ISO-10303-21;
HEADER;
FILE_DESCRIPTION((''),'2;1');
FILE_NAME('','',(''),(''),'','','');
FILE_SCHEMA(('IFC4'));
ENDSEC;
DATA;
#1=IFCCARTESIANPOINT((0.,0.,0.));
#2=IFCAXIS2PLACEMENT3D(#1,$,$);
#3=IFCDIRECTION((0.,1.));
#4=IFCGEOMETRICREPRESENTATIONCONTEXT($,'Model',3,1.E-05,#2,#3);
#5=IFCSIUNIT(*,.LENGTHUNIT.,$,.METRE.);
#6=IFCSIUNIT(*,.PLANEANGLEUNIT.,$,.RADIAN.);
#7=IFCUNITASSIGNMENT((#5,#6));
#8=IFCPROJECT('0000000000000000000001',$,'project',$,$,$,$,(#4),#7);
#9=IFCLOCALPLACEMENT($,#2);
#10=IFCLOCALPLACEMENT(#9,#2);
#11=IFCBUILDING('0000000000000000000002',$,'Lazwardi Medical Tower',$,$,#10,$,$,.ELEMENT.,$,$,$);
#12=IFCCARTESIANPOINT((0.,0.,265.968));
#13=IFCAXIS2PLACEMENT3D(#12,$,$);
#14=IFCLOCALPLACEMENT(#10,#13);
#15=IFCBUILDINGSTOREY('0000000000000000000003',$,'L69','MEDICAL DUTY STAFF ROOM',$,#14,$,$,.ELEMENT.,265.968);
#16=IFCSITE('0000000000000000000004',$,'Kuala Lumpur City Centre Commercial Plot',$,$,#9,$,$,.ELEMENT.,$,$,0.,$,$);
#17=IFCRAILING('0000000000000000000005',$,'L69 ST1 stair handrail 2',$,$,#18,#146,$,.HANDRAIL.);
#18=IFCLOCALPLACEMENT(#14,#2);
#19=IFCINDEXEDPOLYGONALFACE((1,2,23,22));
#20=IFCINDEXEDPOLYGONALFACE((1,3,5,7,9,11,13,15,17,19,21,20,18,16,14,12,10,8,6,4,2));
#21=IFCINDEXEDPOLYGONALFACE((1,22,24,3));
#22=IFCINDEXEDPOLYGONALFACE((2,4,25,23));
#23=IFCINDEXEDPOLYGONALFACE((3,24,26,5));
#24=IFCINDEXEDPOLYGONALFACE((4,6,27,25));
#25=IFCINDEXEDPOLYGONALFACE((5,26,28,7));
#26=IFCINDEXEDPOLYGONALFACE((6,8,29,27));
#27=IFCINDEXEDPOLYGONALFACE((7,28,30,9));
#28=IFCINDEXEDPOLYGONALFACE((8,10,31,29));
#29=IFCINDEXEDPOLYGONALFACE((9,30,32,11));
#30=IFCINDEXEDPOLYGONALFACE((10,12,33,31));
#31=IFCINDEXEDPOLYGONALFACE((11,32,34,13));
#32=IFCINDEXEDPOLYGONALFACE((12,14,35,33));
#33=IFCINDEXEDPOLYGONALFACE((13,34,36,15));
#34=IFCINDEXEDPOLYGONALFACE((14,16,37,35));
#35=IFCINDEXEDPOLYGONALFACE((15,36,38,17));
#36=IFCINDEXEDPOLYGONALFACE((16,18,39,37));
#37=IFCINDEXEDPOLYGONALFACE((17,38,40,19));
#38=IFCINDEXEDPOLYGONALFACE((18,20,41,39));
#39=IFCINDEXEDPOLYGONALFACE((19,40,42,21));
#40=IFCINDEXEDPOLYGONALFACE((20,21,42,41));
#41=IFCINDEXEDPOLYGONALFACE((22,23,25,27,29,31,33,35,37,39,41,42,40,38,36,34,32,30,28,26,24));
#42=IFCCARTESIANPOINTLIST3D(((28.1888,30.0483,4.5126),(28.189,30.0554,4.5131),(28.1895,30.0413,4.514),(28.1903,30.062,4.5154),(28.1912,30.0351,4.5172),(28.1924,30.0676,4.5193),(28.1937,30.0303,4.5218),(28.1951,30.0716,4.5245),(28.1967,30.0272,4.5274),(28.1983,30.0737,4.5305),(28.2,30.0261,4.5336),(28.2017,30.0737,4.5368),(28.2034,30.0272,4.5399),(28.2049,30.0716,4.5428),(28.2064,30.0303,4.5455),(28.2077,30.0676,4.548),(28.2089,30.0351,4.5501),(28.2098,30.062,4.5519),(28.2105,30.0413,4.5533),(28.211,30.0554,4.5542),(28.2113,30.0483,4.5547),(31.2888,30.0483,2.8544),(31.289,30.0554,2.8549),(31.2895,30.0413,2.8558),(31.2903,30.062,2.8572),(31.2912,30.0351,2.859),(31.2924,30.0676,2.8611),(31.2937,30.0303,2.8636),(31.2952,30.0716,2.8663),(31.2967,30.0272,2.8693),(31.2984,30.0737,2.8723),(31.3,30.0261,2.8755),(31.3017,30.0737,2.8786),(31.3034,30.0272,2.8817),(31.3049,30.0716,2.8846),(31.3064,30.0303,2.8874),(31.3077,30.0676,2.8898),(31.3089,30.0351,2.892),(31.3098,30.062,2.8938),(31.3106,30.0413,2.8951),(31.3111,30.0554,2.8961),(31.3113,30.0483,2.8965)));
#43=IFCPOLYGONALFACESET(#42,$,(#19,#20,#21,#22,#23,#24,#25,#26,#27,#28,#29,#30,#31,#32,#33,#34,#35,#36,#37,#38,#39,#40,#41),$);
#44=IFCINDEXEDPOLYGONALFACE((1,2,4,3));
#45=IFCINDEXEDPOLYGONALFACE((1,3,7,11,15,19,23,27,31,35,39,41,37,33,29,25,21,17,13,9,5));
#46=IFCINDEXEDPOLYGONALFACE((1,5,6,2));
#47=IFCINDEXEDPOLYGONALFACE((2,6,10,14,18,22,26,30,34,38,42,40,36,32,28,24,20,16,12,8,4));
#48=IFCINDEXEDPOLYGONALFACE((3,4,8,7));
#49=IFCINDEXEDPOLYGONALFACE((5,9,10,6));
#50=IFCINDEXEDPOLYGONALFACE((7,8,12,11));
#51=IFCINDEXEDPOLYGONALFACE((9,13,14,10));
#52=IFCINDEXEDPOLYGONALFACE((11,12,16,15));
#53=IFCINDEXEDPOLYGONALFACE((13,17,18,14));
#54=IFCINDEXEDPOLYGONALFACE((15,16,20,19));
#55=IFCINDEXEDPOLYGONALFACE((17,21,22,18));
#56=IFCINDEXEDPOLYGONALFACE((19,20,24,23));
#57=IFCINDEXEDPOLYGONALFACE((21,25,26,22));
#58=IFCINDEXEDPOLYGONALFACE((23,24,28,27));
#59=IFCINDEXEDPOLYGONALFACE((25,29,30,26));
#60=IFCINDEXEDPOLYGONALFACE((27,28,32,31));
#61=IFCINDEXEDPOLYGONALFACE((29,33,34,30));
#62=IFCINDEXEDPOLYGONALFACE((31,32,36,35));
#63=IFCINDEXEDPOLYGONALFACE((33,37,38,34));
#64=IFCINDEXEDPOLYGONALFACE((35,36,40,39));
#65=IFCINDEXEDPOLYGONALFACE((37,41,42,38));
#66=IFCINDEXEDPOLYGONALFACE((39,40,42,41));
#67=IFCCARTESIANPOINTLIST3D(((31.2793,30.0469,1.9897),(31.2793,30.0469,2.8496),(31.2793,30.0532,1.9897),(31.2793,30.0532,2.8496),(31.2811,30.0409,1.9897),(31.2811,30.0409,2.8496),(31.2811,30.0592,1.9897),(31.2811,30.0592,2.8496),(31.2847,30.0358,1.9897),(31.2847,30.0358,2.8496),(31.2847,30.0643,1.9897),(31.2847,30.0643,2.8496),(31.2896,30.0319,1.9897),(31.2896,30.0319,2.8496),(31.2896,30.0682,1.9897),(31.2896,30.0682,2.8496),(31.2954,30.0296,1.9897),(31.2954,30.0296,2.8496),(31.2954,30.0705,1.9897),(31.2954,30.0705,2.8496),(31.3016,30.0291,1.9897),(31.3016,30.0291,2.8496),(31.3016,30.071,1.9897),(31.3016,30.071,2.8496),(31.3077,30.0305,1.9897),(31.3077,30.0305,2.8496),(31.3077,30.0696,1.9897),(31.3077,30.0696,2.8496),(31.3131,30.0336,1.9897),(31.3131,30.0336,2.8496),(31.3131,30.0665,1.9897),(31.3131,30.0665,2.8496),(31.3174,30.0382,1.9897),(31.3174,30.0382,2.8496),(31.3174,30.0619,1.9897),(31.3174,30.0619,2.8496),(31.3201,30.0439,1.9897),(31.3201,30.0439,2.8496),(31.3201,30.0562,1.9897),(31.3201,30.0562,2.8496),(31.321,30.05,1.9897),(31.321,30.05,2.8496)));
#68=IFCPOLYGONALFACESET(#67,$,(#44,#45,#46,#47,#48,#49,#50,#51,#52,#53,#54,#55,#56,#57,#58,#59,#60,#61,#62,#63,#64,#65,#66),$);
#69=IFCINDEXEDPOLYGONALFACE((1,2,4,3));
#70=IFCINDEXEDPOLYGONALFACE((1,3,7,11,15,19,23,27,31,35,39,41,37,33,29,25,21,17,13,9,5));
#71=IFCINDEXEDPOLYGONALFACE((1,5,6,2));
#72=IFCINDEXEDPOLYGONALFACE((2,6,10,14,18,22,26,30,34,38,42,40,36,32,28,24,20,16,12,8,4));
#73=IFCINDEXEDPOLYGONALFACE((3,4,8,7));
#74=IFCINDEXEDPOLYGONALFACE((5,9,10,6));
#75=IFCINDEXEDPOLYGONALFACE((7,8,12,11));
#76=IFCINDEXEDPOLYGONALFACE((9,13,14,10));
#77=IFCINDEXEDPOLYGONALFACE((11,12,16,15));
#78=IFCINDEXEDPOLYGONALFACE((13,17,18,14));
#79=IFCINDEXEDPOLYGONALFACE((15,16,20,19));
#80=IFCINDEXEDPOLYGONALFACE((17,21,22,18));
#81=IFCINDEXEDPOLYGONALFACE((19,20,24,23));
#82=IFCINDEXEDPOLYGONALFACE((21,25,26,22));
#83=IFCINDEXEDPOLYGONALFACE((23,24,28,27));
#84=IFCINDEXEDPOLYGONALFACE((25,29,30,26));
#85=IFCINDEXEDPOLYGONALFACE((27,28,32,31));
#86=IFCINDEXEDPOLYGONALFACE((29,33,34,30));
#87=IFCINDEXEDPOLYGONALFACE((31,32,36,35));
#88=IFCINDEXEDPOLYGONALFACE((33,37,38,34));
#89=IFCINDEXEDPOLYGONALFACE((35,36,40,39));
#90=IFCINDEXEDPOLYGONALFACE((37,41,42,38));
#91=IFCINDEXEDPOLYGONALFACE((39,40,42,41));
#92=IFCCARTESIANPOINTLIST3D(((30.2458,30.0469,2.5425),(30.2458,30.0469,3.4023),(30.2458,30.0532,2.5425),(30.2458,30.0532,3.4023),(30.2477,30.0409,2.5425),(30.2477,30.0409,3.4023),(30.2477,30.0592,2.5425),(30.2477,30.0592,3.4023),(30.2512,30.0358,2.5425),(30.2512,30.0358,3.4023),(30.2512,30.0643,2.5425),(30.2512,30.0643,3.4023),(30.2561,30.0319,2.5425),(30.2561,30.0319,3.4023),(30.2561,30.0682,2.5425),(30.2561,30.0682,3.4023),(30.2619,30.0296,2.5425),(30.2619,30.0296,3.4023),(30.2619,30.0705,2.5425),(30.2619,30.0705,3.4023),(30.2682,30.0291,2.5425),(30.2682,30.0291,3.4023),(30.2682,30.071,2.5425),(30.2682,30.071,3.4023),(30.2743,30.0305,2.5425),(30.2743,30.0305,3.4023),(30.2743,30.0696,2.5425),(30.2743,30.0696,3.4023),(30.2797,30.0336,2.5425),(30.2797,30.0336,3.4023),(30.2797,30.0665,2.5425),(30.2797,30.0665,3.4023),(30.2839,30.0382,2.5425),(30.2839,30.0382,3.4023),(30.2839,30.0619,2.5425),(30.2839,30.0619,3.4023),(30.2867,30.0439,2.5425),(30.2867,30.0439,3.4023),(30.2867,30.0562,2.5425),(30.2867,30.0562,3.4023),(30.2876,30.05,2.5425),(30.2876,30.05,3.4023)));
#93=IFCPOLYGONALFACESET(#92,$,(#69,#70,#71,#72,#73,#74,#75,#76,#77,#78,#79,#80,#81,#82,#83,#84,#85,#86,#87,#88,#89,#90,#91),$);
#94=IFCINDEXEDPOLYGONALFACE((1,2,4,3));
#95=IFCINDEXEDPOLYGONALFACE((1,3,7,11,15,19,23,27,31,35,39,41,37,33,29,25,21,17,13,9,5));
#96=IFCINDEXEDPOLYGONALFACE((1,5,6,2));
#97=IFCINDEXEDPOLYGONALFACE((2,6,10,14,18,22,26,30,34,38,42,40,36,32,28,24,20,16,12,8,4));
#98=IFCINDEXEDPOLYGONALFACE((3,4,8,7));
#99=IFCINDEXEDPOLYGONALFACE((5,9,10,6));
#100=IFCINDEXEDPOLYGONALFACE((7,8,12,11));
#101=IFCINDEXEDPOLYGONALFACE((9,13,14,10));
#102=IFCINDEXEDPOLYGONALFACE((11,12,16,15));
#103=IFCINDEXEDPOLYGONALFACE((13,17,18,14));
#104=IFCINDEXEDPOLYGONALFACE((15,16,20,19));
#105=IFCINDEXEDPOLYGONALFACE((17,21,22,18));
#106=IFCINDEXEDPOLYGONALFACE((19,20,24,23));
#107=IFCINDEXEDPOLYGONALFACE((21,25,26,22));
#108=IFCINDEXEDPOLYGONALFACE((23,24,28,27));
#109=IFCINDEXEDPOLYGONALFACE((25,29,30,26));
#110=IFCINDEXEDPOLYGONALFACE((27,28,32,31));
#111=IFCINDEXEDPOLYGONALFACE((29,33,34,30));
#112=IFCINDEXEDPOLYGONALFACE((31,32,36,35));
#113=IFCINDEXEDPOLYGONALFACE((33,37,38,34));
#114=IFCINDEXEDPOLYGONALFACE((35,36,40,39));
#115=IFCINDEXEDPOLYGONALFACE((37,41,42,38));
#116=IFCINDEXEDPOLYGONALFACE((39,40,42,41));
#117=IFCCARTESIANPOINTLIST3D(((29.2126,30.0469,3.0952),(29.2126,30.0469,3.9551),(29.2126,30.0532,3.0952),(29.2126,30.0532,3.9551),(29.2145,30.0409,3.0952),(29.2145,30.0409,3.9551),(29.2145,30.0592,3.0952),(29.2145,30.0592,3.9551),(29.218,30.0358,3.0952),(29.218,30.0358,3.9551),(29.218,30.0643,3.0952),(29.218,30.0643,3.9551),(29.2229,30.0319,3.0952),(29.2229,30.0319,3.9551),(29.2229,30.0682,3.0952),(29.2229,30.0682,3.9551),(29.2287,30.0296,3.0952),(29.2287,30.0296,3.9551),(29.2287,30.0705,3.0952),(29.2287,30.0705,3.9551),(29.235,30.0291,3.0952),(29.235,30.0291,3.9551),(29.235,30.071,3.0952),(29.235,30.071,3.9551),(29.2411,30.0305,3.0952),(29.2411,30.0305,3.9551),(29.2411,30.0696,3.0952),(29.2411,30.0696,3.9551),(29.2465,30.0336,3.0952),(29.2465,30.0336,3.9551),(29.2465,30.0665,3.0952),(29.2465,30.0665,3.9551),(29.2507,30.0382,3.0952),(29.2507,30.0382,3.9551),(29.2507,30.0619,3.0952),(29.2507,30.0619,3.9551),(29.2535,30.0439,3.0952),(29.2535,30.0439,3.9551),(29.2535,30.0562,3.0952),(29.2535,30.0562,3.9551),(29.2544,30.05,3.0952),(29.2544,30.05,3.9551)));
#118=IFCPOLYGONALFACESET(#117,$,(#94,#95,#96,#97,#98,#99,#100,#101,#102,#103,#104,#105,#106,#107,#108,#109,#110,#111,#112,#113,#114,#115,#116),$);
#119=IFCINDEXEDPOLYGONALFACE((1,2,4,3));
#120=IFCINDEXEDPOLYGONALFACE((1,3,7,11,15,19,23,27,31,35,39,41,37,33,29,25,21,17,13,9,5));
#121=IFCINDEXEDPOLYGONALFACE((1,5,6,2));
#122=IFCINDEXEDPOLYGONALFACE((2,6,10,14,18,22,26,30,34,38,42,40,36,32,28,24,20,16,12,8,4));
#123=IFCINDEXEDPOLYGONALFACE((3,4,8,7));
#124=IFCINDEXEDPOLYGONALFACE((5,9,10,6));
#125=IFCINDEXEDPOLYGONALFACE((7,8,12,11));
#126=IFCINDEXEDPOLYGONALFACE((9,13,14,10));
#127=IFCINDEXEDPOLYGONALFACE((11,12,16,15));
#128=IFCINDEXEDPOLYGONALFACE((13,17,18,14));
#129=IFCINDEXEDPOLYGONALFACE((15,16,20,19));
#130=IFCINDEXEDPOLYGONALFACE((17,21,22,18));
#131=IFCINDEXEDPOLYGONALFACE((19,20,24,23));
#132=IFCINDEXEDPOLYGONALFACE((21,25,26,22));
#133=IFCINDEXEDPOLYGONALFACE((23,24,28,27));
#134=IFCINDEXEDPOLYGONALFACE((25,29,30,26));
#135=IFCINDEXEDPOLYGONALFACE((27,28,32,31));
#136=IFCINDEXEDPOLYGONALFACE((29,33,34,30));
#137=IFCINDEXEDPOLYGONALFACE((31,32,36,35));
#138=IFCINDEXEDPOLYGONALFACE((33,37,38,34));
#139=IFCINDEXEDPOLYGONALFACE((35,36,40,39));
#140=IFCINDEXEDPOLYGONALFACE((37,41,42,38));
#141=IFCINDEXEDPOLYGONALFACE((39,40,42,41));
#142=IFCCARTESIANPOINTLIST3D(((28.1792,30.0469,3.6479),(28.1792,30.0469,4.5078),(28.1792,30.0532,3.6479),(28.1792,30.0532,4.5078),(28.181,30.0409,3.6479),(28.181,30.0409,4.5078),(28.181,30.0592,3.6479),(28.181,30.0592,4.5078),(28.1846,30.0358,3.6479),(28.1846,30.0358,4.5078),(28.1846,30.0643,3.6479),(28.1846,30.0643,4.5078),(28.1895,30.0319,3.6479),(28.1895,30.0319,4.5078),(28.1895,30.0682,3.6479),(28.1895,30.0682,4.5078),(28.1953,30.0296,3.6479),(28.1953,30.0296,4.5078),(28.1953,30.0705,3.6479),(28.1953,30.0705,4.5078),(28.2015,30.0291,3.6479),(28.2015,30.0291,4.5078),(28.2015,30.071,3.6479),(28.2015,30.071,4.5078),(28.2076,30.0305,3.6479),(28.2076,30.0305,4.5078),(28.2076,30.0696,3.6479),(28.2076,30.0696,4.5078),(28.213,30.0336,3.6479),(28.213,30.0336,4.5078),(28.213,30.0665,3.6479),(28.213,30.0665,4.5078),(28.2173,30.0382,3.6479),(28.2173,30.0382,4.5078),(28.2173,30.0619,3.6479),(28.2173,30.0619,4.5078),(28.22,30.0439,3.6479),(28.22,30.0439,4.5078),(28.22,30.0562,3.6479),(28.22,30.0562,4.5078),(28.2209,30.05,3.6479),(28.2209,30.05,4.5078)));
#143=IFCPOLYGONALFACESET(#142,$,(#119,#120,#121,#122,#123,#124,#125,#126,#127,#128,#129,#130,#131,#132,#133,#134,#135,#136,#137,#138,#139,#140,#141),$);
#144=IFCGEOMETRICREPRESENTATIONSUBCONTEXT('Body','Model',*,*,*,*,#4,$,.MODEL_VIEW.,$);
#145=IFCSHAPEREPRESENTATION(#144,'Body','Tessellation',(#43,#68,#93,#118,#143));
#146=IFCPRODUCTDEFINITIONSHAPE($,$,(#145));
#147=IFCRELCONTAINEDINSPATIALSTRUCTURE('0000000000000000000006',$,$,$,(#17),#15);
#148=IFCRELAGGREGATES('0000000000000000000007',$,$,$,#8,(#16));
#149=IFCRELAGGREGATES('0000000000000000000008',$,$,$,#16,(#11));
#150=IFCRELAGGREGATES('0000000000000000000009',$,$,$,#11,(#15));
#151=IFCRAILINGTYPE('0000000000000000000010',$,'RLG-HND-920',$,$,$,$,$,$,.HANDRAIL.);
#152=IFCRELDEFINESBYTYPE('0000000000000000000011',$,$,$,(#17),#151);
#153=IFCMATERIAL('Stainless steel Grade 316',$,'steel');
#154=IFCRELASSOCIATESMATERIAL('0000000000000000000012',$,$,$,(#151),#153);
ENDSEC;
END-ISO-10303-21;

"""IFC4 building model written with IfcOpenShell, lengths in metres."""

from ifc_helpers import new_model, si_unit, direction, frame, origin, origin_2d, place, context, subcontext, project, spatial, circle, extrude, material, type_object, element, save


model = new_model("IFC4")

# Units and contexts
model_context = context("Model", 3, precision=1e-05, world=origin(), true_north=direction((0.0, 1.0)))
body_context = subcontext(model_context, "Body", "Model", "MODEL_VIEW")
ifc_project = project(units=[si_unit("LENGTHUNIT", "METRE"), si_unit("PLANEANGLEUNIT", "RADIAN")], contexts=[model_context])

# Site, building, storey
site_placement = place(None, origin())
site = spatial("IfcSite", under=ifc_project, at=site_placement, Name="Kuala Lumpur City Centre Commercial Plot", CompositionType="ELEMENT", RefElevation=0.0)
building_placement = place(site_placement, origin())
building = spatial("IfcBuilding", under=site, at=building_placement, Name="Lazwardi Medical Tower", CompositionType="ELEMENT")
storey_placement = place(building_placement, frame((0.0, 0.0, 265.968)))
storey = spatial("IfcBuildingStorey", under=building, at=storey_placement, Name="L69", Description="MEDICAL DUTY STAFF ROOM", CompositionType="ELEMENT", Elevation=265.968)

# Railing
ifc_material_1 = material(Name="Stainless steel Grade 316", Category="steel")
railing_type_1 = type_object("IfcRailingType", Name="RLG-HND-920", PredefinedType="HANDRAIL", material=ifc_material_1)
railing_1_placement = place(storey_placement, frame((31.3, 30.05, 1.9897)))
element("IfcRailing", 1, at=railing_1_placement, inside=storey, type_object=railing_type_1, Name="L69 ST1 stair handrail 2", PredefinedType="HANDRAIL", context=body_context, shape_type="SweptSolid", body=[
    extrude(circle(Radius=0.0239, at=origin_2d()), frame((0.0, 0.0, 0.8857), z_axis=(-0.881783, 0.0, 0.471655), x_axis=(0.0, -1.0, 0.0)), (0.0, 0.0, 1.0), 3.5156),
    extrude(circle(Radius=0.021, at=origin_2d()), origin(), (0.0, 0.0, 1.0), 0.8599),
    extrude(circle(Radius=0.021, at=origin_2d()), frame((-1.0334, 0.0, 0.5527)), (0.0, 0.0, 1.0), 0.8599),
    extrude(circle(Radius=0.021, at=origin_2d()), frame((-2.0667, 0.0, 1.1055)), (0.0, 0.0, 1.0), 0.8599),
    extrude(circle(Radius=0.021, at=origin_2d()), frame((-3.1001, 0.0, 1.6582)), (0.0, 0.0, 1.0), 0.8599),
])

save(model, "model.ifc")
